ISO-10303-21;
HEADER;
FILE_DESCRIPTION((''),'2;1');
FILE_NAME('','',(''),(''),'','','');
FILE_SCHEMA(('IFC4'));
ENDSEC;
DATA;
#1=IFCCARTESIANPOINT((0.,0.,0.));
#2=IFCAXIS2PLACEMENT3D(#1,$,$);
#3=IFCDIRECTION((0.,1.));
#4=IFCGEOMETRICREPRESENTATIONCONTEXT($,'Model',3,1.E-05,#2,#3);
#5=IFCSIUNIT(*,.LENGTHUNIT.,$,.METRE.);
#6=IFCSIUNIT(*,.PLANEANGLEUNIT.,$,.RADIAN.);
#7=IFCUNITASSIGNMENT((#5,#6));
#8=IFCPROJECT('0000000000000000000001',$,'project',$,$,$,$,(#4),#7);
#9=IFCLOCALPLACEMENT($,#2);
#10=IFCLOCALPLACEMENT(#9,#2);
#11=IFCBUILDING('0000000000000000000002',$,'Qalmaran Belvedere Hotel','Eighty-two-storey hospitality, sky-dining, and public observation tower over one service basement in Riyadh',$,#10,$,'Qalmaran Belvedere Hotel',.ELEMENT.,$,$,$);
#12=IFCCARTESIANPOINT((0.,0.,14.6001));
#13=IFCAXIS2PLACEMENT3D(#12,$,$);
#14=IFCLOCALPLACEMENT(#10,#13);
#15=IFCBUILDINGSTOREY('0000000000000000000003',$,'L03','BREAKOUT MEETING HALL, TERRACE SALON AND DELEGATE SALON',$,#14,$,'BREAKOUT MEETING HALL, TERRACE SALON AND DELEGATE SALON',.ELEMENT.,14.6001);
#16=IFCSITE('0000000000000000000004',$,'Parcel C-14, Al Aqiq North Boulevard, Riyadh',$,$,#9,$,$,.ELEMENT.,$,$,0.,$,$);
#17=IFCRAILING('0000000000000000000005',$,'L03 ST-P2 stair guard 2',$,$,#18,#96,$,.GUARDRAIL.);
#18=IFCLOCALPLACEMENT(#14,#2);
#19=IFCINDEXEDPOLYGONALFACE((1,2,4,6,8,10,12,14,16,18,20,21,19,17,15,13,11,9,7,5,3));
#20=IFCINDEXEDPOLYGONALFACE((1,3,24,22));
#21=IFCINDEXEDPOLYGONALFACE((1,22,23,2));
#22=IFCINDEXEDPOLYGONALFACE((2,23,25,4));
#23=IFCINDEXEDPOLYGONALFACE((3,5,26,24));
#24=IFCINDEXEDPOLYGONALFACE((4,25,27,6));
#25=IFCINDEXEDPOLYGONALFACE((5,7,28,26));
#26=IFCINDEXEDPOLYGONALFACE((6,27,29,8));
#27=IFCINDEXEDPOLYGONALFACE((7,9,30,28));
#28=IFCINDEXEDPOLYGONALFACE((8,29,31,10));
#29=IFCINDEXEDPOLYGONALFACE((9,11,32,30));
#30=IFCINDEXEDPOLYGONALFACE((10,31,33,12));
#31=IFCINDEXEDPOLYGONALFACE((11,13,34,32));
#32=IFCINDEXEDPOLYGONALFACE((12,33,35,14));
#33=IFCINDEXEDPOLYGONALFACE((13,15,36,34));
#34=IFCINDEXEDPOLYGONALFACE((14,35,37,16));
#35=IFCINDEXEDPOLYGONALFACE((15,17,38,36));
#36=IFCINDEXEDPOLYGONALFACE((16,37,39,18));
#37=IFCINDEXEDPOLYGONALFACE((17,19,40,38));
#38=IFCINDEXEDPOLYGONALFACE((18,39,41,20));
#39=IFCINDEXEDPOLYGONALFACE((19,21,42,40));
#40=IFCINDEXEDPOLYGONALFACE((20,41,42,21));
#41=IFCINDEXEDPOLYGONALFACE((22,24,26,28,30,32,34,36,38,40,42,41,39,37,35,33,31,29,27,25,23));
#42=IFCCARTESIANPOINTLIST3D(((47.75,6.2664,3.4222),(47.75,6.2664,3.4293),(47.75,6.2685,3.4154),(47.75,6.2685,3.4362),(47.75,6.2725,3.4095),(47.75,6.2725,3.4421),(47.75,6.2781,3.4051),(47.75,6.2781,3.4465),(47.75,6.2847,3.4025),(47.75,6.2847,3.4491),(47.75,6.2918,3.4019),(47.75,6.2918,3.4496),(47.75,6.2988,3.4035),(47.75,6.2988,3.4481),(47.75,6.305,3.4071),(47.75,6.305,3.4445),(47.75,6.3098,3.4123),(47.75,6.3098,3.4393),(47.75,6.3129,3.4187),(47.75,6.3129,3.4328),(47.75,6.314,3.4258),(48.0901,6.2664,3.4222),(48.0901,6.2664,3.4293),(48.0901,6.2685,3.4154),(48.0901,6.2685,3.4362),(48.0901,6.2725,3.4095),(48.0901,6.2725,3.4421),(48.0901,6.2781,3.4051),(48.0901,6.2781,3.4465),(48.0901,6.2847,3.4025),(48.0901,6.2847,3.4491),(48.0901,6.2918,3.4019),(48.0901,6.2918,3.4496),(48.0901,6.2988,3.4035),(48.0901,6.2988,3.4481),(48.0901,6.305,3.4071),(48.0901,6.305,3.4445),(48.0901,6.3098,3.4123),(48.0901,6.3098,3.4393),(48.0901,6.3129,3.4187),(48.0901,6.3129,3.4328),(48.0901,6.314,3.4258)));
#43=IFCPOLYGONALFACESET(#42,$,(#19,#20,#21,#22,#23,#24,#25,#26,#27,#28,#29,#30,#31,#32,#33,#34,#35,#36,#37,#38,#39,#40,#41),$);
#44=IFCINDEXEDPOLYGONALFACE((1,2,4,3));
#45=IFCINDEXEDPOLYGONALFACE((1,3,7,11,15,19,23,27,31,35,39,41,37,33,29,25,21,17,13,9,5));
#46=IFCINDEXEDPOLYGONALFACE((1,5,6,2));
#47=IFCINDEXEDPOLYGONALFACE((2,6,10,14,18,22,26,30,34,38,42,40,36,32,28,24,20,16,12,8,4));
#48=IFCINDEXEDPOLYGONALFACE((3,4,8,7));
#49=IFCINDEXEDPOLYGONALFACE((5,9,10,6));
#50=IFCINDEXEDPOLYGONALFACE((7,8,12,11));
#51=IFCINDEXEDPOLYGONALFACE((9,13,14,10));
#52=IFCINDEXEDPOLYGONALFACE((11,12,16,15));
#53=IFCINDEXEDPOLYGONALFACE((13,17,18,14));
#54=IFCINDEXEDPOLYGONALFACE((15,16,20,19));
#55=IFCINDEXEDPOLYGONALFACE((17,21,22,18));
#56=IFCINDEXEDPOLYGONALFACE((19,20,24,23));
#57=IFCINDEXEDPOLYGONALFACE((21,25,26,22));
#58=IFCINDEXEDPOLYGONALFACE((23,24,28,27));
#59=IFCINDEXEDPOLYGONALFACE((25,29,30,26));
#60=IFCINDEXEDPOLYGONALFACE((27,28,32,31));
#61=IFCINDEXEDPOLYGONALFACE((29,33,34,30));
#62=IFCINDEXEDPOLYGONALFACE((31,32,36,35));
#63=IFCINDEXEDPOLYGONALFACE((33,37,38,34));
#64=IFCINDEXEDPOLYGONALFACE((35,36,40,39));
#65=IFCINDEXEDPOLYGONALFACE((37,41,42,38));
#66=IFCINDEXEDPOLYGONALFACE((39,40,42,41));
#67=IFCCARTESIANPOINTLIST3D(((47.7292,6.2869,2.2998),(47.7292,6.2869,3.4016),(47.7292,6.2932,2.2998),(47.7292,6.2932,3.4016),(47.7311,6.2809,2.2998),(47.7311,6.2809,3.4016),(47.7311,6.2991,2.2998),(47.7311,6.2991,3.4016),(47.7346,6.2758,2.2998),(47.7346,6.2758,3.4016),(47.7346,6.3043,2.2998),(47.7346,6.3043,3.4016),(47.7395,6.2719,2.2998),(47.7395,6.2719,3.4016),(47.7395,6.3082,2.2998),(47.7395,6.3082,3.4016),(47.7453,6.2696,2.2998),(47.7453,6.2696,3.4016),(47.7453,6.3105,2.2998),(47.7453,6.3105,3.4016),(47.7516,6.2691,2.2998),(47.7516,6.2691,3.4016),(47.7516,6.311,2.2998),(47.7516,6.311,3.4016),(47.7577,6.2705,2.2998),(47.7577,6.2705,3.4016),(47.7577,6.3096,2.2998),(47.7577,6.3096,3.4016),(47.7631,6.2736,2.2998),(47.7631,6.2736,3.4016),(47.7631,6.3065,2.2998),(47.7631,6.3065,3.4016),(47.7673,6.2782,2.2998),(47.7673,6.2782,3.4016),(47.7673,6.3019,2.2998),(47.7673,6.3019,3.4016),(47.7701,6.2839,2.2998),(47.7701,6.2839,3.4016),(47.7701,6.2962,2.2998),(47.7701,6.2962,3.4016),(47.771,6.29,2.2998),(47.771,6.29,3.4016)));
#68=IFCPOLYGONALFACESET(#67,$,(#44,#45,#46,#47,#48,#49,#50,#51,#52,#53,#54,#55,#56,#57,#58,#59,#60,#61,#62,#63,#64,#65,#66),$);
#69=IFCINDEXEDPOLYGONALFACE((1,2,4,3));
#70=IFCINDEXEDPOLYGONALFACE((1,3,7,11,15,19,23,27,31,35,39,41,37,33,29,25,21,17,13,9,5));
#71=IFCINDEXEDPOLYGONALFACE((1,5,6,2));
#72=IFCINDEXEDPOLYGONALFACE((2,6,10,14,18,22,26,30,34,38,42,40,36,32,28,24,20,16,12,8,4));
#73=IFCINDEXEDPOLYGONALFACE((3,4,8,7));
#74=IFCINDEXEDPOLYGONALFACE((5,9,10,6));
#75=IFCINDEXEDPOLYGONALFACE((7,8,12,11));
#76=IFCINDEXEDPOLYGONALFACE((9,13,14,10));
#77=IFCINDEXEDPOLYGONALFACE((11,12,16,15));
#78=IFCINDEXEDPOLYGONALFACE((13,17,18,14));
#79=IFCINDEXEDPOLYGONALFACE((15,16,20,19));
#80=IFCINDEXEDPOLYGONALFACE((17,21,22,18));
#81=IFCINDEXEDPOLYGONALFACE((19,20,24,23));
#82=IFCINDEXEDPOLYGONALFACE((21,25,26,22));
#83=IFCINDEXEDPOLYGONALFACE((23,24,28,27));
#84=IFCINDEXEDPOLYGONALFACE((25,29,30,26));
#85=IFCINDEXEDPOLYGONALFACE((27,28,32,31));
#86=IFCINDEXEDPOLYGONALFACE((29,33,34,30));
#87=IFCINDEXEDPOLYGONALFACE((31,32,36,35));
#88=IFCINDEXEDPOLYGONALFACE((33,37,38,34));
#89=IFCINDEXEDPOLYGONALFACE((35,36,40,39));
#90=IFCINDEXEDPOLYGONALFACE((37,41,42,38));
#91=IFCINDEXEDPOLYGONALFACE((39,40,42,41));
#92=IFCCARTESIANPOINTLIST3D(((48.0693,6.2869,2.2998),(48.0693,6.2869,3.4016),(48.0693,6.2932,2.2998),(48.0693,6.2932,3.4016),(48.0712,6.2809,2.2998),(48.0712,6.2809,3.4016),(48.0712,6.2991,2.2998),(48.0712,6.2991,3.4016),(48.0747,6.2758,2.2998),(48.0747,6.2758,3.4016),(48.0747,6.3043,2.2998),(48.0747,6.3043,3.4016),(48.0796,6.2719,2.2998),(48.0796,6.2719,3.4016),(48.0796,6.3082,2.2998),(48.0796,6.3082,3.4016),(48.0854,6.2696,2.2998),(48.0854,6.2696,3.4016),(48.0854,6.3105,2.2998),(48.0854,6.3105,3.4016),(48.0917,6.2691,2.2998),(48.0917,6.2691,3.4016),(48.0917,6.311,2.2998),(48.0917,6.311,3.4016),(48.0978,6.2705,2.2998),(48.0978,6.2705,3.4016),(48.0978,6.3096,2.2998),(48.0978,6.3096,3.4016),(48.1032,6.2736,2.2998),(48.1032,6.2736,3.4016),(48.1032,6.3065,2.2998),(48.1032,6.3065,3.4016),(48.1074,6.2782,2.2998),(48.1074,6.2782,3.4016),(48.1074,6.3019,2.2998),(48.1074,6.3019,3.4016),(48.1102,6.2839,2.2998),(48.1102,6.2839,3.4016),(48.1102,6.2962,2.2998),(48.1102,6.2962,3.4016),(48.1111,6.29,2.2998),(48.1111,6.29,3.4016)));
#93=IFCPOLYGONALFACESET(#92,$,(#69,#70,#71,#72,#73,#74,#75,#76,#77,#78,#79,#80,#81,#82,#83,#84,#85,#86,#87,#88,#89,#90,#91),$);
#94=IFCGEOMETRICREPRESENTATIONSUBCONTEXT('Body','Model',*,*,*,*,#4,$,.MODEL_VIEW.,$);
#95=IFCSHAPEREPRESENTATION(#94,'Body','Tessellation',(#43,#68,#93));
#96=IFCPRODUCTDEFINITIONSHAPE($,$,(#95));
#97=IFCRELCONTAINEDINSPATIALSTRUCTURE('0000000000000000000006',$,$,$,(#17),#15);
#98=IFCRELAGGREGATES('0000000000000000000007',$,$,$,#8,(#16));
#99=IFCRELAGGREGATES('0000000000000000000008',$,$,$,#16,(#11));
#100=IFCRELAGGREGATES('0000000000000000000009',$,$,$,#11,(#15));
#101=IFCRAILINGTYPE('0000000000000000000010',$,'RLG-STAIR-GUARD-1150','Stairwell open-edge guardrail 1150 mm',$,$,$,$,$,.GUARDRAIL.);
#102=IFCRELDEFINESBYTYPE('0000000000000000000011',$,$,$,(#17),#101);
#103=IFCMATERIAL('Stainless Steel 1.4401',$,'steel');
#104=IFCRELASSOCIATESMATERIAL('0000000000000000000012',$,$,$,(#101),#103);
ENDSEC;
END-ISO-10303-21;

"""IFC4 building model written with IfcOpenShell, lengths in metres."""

from ifc_helpers import new_model, si_unit, direction, frame, origin, origin_2d, place, context, subcontext, project, spatial, circle, extrude, material, type_object, element, save


model = new_model("IFC4")

# Units and contexts
model_context = context("Model", 3, precision=1e-05, world=origin(), true_north=direction((0.0, 1.0)))
body_context = subcontext(model_context, "Body", "Model", "MODEL_VIEW")
ifc_project = project(units=[si_unit("LENGTHUNIT", "METRE"), si_unit("PLANEANGLEUNIT", "RADIAN")], contexts=[model_context])

# Site, building, storey
site_placement = place(None, origin())
site = spatial("IfcSite", under=ifc_project, at=site_placement, Name="Parcel C-14, Al Aqiq North Boulevard, Riyadh", CompositionType="ELEMENT", RefElevation=0.0)
building_placement = place(site_placement, origin())
building = spatial("IfcBuilding", under=site, at=building_placement, Name="Qalmaran Belvedere Hotel", Description="Eighty-two-storey hospitality, sky-dining, and public observation tower over one service basement in Riyadh", LongName="Qalmaran Belvedere Hotel", CompositionType="ELEMENT")
storey_placement = place(building_placement, frame((0.0, 0.0, 14.6001)))
storey = spatial("IfcBuildingStorey", under=building, at=storey_placement, Name="L03", Description="BREAKOUT MEETING HALL, TERRACE SALON AND DELEGATE SALON", LongName="BREAKOUT MEETING HALL, TERRACE SALON AND DELEGATE SALON", CompositionType="ELEMENT", Elevation=14.6001)

# Railing
ifc_material_1 = material(Name="Stainless Steel 1.4401", Category="steel")
railing_type_1 = type_object("IfcRailingType", Name="RLG-STAIR-GUARD-1150", Description="Stairwell open-edge guardrail 1150 mm", PredefinedType="GUARDRAIL", material=ifc_material_1)
railing_1_placement = place(storey_placement, frame((47.75, 6.29, 2.2998)))
element("IfcRailing", 1, at=railing_1_placement, inside=storey, type_object=railing_type_1, Name="L03 ST-P2 stair guard 2", PredefinedType="GUARDRAIL", context=body_context, shape_type="SweptSolid", body=[
    extrude(circle(Radius=0.0239, at=origin_2d()), frame((0.0, 0.0, 1.126), z_axis=(1.0, 0.0, 0.0), x_axis=(0.0, 1.0, 0.0)), (0.0, 0.0, 1.0), 0.3401),
    extrude(circle(Radius=0.021, at=origin_2d()), origin(), (0.0, 0.0, 1.0), 1.1018),
    extrude(circle(Radius=0.021, at=origin_2d()), frame((0.3401, 0.0, 0.0)), (0.0, 0.0, 1.0), 1.1018),
])

save(model, "model.ifc")
